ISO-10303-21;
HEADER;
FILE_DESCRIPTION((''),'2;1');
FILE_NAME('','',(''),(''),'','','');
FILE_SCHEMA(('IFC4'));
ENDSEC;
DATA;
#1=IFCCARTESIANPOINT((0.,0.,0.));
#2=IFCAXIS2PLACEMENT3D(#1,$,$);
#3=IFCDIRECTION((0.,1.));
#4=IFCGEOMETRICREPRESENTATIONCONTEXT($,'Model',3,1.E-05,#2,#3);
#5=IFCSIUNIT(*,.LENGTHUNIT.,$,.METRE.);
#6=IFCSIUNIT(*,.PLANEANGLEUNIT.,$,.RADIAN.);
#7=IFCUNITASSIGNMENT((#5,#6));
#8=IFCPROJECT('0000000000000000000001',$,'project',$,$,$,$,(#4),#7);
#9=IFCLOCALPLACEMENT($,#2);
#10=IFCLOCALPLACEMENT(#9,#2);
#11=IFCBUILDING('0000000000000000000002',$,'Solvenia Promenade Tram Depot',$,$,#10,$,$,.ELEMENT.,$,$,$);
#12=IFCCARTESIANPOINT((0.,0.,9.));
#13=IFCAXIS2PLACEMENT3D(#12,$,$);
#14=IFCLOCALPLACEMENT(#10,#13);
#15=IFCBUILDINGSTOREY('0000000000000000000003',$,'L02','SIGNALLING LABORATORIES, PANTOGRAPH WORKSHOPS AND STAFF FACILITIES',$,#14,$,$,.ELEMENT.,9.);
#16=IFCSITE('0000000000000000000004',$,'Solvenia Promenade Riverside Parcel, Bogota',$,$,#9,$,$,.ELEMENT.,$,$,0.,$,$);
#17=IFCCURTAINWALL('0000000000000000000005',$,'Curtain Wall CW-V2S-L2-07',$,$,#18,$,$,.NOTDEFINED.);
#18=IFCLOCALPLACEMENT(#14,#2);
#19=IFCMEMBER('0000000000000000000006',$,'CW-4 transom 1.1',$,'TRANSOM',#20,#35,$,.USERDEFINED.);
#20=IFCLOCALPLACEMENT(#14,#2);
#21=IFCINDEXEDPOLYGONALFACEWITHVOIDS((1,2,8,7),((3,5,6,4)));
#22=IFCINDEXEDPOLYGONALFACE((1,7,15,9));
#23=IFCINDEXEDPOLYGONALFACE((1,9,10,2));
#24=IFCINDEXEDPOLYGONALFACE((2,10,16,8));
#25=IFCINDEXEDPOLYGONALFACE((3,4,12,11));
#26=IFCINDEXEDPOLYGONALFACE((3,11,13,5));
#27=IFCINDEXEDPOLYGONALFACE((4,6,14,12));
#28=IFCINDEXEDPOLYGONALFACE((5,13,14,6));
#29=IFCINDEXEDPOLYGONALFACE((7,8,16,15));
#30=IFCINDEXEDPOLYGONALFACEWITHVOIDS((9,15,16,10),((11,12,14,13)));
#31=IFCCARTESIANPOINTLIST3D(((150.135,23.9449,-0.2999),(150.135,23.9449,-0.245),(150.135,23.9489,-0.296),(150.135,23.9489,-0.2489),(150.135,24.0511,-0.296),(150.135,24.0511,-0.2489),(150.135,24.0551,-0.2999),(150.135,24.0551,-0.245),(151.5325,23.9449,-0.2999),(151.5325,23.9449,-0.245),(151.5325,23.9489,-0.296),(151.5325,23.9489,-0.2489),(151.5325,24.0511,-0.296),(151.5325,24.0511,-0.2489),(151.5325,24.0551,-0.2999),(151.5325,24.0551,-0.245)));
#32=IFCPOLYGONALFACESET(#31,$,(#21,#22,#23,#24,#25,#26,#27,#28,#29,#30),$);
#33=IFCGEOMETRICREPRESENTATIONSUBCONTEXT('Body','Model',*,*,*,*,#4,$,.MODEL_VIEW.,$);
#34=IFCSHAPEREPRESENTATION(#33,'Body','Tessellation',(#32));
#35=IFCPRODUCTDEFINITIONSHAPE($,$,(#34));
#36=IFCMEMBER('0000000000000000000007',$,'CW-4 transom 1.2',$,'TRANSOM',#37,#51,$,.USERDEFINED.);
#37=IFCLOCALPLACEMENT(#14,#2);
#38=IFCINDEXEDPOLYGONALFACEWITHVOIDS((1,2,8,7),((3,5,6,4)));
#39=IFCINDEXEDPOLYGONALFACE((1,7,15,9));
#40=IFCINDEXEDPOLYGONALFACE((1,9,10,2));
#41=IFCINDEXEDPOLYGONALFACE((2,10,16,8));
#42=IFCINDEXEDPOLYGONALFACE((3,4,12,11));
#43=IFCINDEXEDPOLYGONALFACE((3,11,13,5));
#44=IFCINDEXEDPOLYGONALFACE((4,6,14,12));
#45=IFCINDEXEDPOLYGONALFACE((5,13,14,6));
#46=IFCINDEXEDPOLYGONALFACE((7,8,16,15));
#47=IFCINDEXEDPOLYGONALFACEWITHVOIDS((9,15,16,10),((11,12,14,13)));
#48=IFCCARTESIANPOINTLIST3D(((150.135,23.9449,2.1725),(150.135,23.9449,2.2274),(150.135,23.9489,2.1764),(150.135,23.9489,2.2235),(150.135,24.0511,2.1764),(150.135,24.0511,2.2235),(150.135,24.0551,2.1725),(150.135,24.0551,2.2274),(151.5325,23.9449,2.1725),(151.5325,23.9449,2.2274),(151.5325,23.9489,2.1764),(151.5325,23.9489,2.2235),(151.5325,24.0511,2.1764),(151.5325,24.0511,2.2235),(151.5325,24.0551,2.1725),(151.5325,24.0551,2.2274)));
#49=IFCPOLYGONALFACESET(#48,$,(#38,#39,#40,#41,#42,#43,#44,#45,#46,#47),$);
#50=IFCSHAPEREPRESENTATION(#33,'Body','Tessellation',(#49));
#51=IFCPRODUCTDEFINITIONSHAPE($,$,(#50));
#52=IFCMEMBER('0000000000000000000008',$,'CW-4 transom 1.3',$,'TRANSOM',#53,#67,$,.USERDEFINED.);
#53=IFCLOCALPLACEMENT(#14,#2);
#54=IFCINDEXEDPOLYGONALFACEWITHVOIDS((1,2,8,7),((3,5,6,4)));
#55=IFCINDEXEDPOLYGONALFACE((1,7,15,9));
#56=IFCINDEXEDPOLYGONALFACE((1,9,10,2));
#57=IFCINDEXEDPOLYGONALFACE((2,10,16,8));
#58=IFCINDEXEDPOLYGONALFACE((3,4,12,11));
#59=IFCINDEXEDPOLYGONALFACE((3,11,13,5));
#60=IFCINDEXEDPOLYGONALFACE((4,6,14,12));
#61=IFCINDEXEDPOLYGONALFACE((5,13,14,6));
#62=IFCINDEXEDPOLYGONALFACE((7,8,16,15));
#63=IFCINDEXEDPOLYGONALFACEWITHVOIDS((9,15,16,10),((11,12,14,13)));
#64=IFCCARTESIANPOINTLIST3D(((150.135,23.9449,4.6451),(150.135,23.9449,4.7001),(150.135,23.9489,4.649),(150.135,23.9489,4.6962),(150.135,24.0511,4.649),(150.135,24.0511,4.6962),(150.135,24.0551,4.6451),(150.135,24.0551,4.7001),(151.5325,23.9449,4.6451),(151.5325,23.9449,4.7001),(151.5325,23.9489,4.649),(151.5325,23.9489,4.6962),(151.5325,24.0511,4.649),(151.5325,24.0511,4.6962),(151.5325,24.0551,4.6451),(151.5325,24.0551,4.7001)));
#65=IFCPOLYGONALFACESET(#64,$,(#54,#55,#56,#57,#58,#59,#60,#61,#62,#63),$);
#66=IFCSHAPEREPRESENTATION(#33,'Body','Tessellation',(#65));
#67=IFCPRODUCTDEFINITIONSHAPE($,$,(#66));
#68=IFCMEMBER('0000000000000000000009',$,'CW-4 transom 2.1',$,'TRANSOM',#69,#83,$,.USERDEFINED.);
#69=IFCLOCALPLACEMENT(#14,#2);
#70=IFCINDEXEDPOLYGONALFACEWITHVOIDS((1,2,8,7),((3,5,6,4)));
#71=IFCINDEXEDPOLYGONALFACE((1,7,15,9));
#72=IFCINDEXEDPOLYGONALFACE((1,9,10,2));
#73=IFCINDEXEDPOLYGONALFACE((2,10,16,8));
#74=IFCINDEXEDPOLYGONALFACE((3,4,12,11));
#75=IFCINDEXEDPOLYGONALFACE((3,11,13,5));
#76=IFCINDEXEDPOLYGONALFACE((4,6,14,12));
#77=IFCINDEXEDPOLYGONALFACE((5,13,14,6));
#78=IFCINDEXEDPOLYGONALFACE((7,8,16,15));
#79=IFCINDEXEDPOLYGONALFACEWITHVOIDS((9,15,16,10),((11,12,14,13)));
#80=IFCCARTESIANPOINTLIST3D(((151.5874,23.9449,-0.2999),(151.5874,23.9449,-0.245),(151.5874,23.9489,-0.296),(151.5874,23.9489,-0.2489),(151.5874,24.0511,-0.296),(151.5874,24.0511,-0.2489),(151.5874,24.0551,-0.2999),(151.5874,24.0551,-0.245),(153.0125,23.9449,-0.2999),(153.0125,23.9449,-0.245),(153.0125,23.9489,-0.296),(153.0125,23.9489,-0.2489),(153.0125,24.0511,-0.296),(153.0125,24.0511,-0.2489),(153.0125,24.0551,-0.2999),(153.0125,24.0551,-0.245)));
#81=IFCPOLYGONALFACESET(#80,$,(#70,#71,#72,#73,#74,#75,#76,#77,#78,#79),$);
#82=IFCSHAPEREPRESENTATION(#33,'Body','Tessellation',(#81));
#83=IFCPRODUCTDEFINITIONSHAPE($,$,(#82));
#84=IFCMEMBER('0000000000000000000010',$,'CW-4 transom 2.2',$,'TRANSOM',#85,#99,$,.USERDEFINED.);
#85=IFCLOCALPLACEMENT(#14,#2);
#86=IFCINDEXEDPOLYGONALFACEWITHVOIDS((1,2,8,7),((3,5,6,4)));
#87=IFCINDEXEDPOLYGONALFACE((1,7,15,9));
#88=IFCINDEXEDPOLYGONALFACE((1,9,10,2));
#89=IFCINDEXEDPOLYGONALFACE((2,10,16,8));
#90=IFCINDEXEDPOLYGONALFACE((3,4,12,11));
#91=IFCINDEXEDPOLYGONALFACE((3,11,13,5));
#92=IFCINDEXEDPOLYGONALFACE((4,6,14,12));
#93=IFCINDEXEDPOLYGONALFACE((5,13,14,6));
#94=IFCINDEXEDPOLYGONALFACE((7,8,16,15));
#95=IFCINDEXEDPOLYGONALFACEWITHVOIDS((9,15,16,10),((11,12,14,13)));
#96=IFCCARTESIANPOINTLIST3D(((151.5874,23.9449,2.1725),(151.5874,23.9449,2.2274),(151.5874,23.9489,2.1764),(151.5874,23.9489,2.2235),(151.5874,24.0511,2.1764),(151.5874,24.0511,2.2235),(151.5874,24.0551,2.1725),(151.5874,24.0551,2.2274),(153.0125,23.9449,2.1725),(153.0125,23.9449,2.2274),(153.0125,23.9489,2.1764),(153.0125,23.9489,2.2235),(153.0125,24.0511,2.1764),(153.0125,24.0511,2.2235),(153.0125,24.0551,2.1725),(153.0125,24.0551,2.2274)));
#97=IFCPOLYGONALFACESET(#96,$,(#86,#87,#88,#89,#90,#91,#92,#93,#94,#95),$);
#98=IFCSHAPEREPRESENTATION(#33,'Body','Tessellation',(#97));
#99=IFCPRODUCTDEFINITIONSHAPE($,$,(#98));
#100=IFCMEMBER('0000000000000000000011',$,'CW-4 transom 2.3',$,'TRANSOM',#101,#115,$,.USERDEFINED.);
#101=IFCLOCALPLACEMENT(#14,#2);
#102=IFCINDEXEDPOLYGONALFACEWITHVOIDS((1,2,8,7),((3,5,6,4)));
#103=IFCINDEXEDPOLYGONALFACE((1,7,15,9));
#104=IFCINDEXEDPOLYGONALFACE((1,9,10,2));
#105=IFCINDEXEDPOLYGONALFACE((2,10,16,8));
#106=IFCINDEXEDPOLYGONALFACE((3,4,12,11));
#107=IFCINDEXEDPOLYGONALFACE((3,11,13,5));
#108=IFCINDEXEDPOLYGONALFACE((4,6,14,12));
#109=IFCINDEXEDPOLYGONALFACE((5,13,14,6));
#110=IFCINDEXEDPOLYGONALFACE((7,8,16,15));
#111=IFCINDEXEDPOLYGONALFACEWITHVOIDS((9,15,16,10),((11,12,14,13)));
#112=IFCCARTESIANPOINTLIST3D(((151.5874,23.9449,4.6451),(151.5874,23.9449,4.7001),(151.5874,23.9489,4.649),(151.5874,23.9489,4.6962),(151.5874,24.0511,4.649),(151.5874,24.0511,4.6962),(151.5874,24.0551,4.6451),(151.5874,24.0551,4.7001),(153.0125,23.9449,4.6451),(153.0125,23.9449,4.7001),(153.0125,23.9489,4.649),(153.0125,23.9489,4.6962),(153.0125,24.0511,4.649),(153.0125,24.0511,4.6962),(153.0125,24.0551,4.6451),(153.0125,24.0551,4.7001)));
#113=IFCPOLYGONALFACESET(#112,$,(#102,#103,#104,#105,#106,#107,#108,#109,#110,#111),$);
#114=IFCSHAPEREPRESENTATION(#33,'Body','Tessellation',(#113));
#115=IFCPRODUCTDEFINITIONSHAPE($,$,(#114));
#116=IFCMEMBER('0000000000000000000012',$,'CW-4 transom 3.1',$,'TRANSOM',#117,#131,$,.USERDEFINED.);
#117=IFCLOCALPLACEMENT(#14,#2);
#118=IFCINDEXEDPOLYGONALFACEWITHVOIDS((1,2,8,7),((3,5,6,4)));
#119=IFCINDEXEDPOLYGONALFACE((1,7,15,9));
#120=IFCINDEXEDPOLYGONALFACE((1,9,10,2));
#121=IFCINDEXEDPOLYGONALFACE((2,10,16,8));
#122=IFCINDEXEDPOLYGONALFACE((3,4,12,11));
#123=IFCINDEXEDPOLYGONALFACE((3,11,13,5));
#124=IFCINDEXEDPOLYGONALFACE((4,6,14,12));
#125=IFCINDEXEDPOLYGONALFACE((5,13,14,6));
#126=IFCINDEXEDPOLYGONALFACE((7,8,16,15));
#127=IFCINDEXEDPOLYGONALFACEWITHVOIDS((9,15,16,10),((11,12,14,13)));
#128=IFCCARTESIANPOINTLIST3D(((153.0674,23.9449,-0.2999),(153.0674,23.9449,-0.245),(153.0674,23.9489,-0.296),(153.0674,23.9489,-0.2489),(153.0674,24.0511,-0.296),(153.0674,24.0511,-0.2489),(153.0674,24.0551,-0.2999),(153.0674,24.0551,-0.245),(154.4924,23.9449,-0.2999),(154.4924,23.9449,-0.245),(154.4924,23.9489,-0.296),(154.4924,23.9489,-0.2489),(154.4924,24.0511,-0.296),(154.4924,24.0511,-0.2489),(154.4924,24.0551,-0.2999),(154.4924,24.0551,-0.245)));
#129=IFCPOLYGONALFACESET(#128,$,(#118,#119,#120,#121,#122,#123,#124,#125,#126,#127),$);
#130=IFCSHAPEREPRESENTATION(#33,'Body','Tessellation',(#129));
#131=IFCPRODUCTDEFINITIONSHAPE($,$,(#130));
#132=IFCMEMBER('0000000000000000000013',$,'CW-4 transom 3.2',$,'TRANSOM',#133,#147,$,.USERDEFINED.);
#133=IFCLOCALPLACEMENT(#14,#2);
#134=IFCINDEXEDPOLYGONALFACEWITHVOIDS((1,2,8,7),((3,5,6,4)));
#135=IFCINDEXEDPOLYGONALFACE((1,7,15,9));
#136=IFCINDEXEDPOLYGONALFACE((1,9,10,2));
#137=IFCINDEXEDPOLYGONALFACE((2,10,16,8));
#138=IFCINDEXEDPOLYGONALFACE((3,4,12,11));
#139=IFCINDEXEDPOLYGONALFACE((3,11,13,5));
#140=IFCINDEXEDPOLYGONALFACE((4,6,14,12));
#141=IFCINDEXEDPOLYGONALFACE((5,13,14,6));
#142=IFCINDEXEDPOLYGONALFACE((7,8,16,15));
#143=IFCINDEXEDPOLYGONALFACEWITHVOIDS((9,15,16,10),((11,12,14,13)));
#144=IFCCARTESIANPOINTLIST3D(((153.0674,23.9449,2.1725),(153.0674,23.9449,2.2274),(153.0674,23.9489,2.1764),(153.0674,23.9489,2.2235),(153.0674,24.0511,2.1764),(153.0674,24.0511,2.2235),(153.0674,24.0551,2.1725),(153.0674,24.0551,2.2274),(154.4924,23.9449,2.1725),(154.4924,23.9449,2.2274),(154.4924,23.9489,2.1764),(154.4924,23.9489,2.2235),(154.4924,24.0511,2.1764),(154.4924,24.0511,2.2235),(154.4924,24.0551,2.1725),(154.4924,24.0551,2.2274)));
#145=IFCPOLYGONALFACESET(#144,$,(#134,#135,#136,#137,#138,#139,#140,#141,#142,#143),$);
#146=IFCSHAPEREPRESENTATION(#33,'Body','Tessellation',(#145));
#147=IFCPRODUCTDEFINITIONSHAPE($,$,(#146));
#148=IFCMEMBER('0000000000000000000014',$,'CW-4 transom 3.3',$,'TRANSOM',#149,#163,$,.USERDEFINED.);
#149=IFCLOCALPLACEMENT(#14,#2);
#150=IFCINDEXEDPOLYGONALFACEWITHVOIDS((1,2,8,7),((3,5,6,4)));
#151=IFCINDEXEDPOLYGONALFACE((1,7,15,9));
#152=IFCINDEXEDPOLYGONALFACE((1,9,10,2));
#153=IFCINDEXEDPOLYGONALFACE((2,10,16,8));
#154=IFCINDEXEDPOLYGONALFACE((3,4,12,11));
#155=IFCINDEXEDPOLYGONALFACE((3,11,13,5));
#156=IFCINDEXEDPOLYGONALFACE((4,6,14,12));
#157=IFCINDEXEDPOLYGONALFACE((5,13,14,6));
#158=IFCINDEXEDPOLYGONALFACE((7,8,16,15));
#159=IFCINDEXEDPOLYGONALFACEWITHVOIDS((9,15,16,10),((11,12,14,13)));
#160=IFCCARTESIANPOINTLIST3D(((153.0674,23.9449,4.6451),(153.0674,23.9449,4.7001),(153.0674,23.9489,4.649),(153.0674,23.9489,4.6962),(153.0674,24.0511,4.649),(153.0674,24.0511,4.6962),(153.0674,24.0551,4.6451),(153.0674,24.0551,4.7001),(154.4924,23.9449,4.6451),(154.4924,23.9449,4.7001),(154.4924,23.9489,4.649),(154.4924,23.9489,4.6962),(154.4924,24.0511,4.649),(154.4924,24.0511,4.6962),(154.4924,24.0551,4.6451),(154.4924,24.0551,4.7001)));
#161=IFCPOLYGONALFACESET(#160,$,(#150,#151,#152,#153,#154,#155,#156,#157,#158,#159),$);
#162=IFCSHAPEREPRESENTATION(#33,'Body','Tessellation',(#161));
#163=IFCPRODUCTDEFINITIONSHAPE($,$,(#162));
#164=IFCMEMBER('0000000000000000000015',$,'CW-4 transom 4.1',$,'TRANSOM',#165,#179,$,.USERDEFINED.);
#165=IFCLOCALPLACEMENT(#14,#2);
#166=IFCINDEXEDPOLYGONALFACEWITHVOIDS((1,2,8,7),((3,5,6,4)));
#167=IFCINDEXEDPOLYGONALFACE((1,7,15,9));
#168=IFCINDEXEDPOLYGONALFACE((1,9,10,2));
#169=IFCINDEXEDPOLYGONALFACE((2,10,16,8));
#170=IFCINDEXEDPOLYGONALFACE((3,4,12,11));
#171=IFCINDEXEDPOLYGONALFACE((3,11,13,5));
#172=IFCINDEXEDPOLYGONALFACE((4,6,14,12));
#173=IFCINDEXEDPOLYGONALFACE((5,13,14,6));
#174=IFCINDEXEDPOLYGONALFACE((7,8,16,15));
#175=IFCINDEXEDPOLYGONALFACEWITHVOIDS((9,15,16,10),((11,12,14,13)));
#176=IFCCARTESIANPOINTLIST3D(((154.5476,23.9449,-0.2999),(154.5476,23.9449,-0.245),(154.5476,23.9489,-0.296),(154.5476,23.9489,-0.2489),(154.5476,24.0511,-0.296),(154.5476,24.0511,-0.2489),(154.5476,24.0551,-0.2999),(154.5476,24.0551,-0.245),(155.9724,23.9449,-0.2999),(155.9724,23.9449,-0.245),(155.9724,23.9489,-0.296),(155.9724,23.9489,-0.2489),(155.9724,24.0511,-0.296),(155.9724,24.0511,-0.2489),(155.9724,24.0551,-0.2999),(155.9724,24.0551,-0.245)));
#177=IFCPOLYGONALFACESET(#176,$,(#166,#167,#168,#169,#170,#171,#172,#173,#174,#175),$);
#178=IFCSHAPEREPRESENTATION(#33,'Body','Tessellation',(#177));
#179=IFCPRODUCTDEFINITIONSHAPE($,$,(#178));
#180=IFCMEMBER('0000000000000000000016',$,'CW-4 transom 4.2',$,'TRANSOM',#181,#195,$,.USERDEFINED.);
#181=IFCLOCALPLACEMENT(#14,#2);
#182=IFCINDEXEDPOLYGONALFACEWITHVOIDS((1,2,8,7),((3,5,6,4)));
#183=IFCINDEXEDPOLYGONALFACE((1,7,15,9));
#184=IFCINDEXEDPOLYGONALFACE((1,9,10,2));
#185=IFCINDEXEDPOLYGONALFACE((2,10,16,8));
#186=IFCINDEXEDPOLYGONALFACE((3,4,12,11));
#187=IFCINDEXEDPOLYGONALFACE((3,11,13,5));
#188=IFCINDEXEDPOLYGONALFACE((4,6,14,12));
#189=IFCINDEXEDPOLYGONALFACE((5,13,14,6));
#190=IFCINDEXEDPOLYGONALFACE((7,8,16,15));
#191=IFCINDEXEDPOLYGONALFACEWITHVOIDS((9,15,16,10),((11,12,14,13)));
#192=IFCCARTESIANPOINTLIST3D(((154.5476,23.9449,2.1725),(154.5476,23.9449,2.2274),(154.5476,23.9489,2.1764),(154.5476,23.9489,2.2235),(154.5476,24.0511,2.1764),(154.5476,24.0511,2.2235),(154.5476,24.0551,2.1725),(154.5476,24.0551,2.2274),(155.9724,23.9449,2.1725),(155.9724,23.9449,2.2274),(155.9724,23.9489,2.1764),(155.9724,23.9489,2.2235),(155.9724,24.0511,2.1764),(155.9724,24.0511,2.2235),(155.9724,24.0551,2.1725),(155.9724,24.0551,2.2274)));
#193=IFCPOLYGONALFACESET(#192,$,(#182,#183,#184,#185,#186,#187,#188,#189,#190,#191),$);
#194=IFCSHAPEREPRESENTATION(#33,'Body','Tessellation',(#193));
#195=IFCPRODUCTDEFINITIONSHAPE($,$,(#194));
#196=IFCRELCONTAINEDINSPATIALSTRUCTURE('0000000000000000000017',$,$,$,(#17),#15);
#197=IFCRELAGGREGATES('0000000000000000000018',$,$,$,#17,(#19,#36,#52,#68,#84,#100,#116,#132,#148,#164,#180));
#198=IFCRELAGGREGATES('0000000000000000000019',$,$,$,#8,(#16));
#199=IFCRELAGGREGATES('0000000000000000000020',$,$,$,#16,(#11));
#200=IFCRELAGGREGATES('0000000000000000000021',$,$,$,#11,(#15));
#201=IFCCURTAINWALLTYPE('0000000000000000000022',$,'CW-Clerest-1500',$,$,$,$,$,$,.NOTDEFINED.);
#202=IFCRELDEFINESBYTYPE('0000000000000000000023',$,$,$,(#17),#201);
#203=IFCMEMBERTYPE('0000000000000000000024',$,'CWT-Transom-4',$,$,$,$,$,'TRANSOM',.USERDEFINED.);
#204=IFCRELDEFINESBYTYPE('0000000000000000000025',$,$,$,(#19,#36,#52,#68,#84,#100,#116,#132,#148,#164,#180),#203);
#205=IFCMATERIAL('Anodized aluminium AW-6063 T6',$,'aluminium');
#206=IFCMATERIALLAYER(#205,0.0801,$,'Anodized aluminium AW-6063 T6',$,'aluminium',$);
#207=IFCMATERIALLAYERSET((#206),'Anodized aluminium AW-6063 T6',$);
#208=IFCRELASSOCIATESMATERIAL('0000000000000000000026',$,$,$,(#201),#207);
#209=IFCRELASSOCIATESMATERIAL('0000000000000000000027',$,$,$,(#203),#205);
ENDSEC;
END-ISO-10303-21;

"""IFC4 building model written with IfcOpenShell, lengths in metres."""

from ifc_helpers import new_model, si_unit, direction, frame, origin, origin_2d, place, context, subcontext, project, spatial, hollow_rectangle, extrude, material, layer, layer_set, material_profile, profile_set, type_object, element, aggregate, save


model = new_model("IFC4")

# Units and contexts
model_context = context("Model", 3, precision=1e-05, world=origin(), true_north=direction((0.0, 1.0)))
body_context = subcontext(model_context, "Body", "Model", "MODEL_VIEW")
ifc_project = project(units=[si_unit("LENGTHUNIT", "METRE"), si_unit("PLANEANGLEUNIT", "RADIAN")], contexts=[model_context])

# Site, building, storey
site_placement = place(None, origin())
site = spatial("IfcSite", under=ifc_project, at=site_placement, Name="Solvenia Promenade Riverside Parcel, Bogota", CompositionType="ELEMENT", RefElevation=0.0)
building_placement = place(site_placement, origin())
building = spatial("IfcBuilding", under=site, at=building_placement, Name="Solvenia Promenade Tram Depot", CompositionType="ELEMENT")
storey_placement = place(building_placement, frame((0.0, 0.0, 9.0)))
storey = spatial("IfcBuildingStorey", under=building, at=storey_placement, Name="L02", Description="SIGNALLING LABORATORIES, PANTOGRAPH WORKSHOPS AND STAFF FACILITIES", CompositionType="ELEMENT", Elevation=9.0)

# Shared definitions
ifc_material_1 = material(Name="Anodized aluminium AW-6063 T6", Category="aluminium")
ifc_layer_1 = layer(ifc_material_1, 0.0801, Name="Anodized aluminium AW-6063 T6", Category="aluminium")
ifc_layer_set_1 = layer_set([ifc_layer_1], Name="Anodized aluminium AW-6063 T6")
curtain_wall_type = type_object("IfcCurtainWallType", Name="CW-Clerest-1500", PredefinedType="NOTDEFINED", material=ifc_layer_set_1)

# Curtain wall, members
curtain_wall_1_placement = place(storey_placement, origin())
curtain_wall_1 = element("IfcCurtainWall", 1, at=curtain_wall_1_placement, inside=storey, type_object=curtain_wall_type, Name="Curtain Wall CW-V2S-L2-07", PredefinedType="NOTDEFINED")
ifc_material_profile_1 = material_profile(ifc_material_1, hollow_rectangle(XDim=0.1101, YDim=0.0549, WallThickness=0.0039, at=origin_2d()), Name="ALU-T4", Category="aluminium")
ifc_profile_set_1 = profile_set([ifc_material_profile_1], Name="Anodized aluminium AW-6063 T6")
member_type_1 = type_object("IfcMemberType", Name="CWT-Transom-4", ElementType="TRANSOM", PredefinedType="USERDEFINED", material=ifc_profile_set_1)
member_1_placement = place(storey_placement, frame((150.135, 24.0, -0.2725), z_axis=(1.0, 0.0, 0.0), x_axis=(0.0, 1.0, 0.0)))
member_1 = element("IfcMember", 2, at=member_1_placement, type_object=member_type_1, Name="CW-4 transom 1.1", ObjectType="TRANSOM", PredefinedType="USERDEFINED", context=body_context, shape_type="SweptSolid", body=[
    extrude(hollow_rectangle(XDim=0.1101, YDim=0.0549, WallThickness=0.0039, at=origin_2d()), origin(), (0.0, 0.0, 1.0), 1.3975),
])
member_2_placement = place(storey_placement, frame((150.135, 24.0, 2.2), z_axis=(1.0, 0.0, 0.0), x_axis=(0.0, 1.0, 0.0)))
member_2 = element("IfcMember", 3, at=member_2_placement, type_object=member_type_1, Name="CW-4 transom 1.2", ObjectType="TRANSOM", PredefinedType="USERDEFINED", context=body_context, shape_type="SweptSolid", body=[
    extrude(hollow_rectangle(XDim=0.1101, YDim=0.0549, WallThickness=0.0039, at=origin_2d()), origin(), (0.0, 0.0, 1.0), 1.3975),
])
member_3_placement = place(storey_placement, frame((150.135, 24.0, 4.6726), z_axis=(1.0, 0.0, 0.0), x_axis=(0.0, 1.0, 0.0)))
member_3 = element("IfcMember", 4, at=member_3_placement, type_object=member_type_1, Name="CW-4 transom 1.3", ObjectType="TRANSOM", PredefinedType="USERDEFINED", context=body_context, shape_type="SweptSolid", body=[
    extrude(hollow_rectangle(XDim=0.1101, YDim=0.0549, WallThickness=0.0039, at=origin_2d()), origin(), (0.0, 0.0, 1.0), 1.3975),
])
member_4_placement = place(storey_placement, frame((151.5874, 24.0, -0.2725), z_axis=(1.0, 0.0, 0.0), x_axis=(0.0, 1.0, 0.0)))
member_4 = element("IfcMember", 5, at=member_4_placement, type_object=member_type_1, Name="CW-4 transom 2.1", ObjectType="TRANSOM", PredefinedType="USERDEFINED", context=body_context, shape_type="SweptSolid", body=[
    extrude(hollow_rectangle(XDim=0.1101, YDim=0.0549, WallThickness=0.0039, at=origin_2d()), origin(), (0.0, 0.0, 1.0), 1.425),
])
member_5_placement = place(storey_placement, frame((151.5874, 24.0, 2.2), z_axis=(1.0, 0.0, 0.0), x_axis=(0.0, 1.0, 0.0)))
member_5 = element("IfcMember", 6, at=member_5_placement, type_object=member_type_1, Name="CW-4 transom 2.2", ObjectType="TRANSOM", PredefinedType="USERDEFINED", context=body_context, shape_type="SweptSolid", body=[
    extrude(hollow_rectangle(XDim=0.1101, YDim=0.0549, WallThickness=0.0039, at=origin_2d()), origin(), (0.0, 0.0, 1.0), 1.425),
])
member_6_placement = place(storey_placement, frame((151.5874, 24.0, 4.6726), z_axis=(1.0, 0.0, 0.0), x_axis=(0.0, 1.0, 0.0)))
member_6 = element("IfcMember", 7, at=member_6_placement, type_object=member_type_1, Name="CW-4 transom 2.3", ObjectType="TRANSOM", PredefinedType="USERDEFINED", context=body_context, shape_type="SweptSolid", body=[
    extrude(hollow_rectangle(XDim=0.1101, YDim=0.0549, WallThickness=0.0039, at=origin_2d()), origin(), (0.0, 0.0, 1.0), 1.425),
])
member_7_placement = place(storey_placement, frame((153.0674, 24.0, -0.2725), z_axis=(1.0, 0.0, 0.0), x_axis=(0.0, 1.0, 0.0)))
member_7 = element("IfcMember", 8, at=member_7_placement, type_object=member_type_1, Name="CW-4 transom 3.1", ObjectType="TRANSOM", PredefinedType="USERDEFINED", context=body_context, shape_type="SweptSolid", body=[
    extrude(hollow_rectangle(XDim=0.1101, YDim=0.0549, WallThickness=0.0039, at=origin_2d()), origin(), (0.0, 0.0, 1.0), 1.425),
])
member_8_placement = place(storey_placement, frame((153.0674, 24.0, 2.2), z_axis=(1.0, 0.0, 0.0), x_axis=(0.0, 1.0, 0.0)))
member_8 = element("IfcMember", 9, at=member_8_placement, type_object=member_type_1, Name="CW-4 transom 3.2", ObjectType="TRANSOM", PredefinedType="USERDEFINED", context=body_context, shape_type="SweptSolid", body=[
    extrude(hollow_rectangle(XDim=0.1101, YDim=0.0549, WallThickness=0.0039, at=origin_2d()), origin(), (0.0, 0.0, 1.0), 1.425),
])
member_9_placement = place(storey_placement, frame((153.0674, 24.0, 4.6726), z_axis=(1.0, 0.0, 0.0), x_axis=(0.0, 1.0, 0.0)))
member_9 = element("IfcMember", 10, at=member_9_placement, type_object=member_type_1, Name="CW-4 transom 3.3", ObjectType="TRANSOM", PredefinedType="USERDEFINED", context=body_context, shape_type="SweptSolid", body=[
    extrude(hollow_rectangle(XDim=0.1101, YDim=0.0549, WallThickness=0.0039, at=origin_2d()), origin(), (0.0, 0.0, 1.0), 1.425),
])
member_10_placement = place(storey_placement, frame((154.5476, 24.0, -0.2725), z_axis=(1.0, 0.0, 0.0), x_axis=(0.0, 1.0, 0.0)))
member_10 = element("IfcMember", 11, at=member_10_placement, type_object=member_type_1, Name="CW-4 transom 4.1", ObjectType="TRANSOM", PredefinedType="USERDEFINED", context=body_context, shape_type="SweptSolid", body=[
    extrude(hollow_rectangle(XDim=0.1101, YDim=0.0549, WallThickness=0.0039, at=origin_2d()), origin(), (0.0, 0.0, 1.0), 1.4248),
])
member_11_placement = place(storey_placement, frame((154.5476, 24.0, 2.2), z_axis=(1.0, 0.0, 0.0), x_axis=(0.0, 1.0, 0.0)))
member_11 = element("IfcMember", 12, at=member_11_placement, type_object=member_type_1, Name="CW-4 transom 4.2", ObjectType="TRANSOM", PredefinedType="USERDEFINED", context=body_context, shape_type="SweptSolid", body=[
    extrude(hollow_rectangle(XDim=0.1101, YDim=0.0549, WallThickness=0.0039, at=origin_2d()), origin(), (0.0, 0.0, 1.0), 1.4248),
])

aggregate(curtain_wall_1, [member_1, member_2, member_3, member_4, member_5, member_6, member_7, member_8, member_9, member_10, member_11])

save(model, "model.ifc")
